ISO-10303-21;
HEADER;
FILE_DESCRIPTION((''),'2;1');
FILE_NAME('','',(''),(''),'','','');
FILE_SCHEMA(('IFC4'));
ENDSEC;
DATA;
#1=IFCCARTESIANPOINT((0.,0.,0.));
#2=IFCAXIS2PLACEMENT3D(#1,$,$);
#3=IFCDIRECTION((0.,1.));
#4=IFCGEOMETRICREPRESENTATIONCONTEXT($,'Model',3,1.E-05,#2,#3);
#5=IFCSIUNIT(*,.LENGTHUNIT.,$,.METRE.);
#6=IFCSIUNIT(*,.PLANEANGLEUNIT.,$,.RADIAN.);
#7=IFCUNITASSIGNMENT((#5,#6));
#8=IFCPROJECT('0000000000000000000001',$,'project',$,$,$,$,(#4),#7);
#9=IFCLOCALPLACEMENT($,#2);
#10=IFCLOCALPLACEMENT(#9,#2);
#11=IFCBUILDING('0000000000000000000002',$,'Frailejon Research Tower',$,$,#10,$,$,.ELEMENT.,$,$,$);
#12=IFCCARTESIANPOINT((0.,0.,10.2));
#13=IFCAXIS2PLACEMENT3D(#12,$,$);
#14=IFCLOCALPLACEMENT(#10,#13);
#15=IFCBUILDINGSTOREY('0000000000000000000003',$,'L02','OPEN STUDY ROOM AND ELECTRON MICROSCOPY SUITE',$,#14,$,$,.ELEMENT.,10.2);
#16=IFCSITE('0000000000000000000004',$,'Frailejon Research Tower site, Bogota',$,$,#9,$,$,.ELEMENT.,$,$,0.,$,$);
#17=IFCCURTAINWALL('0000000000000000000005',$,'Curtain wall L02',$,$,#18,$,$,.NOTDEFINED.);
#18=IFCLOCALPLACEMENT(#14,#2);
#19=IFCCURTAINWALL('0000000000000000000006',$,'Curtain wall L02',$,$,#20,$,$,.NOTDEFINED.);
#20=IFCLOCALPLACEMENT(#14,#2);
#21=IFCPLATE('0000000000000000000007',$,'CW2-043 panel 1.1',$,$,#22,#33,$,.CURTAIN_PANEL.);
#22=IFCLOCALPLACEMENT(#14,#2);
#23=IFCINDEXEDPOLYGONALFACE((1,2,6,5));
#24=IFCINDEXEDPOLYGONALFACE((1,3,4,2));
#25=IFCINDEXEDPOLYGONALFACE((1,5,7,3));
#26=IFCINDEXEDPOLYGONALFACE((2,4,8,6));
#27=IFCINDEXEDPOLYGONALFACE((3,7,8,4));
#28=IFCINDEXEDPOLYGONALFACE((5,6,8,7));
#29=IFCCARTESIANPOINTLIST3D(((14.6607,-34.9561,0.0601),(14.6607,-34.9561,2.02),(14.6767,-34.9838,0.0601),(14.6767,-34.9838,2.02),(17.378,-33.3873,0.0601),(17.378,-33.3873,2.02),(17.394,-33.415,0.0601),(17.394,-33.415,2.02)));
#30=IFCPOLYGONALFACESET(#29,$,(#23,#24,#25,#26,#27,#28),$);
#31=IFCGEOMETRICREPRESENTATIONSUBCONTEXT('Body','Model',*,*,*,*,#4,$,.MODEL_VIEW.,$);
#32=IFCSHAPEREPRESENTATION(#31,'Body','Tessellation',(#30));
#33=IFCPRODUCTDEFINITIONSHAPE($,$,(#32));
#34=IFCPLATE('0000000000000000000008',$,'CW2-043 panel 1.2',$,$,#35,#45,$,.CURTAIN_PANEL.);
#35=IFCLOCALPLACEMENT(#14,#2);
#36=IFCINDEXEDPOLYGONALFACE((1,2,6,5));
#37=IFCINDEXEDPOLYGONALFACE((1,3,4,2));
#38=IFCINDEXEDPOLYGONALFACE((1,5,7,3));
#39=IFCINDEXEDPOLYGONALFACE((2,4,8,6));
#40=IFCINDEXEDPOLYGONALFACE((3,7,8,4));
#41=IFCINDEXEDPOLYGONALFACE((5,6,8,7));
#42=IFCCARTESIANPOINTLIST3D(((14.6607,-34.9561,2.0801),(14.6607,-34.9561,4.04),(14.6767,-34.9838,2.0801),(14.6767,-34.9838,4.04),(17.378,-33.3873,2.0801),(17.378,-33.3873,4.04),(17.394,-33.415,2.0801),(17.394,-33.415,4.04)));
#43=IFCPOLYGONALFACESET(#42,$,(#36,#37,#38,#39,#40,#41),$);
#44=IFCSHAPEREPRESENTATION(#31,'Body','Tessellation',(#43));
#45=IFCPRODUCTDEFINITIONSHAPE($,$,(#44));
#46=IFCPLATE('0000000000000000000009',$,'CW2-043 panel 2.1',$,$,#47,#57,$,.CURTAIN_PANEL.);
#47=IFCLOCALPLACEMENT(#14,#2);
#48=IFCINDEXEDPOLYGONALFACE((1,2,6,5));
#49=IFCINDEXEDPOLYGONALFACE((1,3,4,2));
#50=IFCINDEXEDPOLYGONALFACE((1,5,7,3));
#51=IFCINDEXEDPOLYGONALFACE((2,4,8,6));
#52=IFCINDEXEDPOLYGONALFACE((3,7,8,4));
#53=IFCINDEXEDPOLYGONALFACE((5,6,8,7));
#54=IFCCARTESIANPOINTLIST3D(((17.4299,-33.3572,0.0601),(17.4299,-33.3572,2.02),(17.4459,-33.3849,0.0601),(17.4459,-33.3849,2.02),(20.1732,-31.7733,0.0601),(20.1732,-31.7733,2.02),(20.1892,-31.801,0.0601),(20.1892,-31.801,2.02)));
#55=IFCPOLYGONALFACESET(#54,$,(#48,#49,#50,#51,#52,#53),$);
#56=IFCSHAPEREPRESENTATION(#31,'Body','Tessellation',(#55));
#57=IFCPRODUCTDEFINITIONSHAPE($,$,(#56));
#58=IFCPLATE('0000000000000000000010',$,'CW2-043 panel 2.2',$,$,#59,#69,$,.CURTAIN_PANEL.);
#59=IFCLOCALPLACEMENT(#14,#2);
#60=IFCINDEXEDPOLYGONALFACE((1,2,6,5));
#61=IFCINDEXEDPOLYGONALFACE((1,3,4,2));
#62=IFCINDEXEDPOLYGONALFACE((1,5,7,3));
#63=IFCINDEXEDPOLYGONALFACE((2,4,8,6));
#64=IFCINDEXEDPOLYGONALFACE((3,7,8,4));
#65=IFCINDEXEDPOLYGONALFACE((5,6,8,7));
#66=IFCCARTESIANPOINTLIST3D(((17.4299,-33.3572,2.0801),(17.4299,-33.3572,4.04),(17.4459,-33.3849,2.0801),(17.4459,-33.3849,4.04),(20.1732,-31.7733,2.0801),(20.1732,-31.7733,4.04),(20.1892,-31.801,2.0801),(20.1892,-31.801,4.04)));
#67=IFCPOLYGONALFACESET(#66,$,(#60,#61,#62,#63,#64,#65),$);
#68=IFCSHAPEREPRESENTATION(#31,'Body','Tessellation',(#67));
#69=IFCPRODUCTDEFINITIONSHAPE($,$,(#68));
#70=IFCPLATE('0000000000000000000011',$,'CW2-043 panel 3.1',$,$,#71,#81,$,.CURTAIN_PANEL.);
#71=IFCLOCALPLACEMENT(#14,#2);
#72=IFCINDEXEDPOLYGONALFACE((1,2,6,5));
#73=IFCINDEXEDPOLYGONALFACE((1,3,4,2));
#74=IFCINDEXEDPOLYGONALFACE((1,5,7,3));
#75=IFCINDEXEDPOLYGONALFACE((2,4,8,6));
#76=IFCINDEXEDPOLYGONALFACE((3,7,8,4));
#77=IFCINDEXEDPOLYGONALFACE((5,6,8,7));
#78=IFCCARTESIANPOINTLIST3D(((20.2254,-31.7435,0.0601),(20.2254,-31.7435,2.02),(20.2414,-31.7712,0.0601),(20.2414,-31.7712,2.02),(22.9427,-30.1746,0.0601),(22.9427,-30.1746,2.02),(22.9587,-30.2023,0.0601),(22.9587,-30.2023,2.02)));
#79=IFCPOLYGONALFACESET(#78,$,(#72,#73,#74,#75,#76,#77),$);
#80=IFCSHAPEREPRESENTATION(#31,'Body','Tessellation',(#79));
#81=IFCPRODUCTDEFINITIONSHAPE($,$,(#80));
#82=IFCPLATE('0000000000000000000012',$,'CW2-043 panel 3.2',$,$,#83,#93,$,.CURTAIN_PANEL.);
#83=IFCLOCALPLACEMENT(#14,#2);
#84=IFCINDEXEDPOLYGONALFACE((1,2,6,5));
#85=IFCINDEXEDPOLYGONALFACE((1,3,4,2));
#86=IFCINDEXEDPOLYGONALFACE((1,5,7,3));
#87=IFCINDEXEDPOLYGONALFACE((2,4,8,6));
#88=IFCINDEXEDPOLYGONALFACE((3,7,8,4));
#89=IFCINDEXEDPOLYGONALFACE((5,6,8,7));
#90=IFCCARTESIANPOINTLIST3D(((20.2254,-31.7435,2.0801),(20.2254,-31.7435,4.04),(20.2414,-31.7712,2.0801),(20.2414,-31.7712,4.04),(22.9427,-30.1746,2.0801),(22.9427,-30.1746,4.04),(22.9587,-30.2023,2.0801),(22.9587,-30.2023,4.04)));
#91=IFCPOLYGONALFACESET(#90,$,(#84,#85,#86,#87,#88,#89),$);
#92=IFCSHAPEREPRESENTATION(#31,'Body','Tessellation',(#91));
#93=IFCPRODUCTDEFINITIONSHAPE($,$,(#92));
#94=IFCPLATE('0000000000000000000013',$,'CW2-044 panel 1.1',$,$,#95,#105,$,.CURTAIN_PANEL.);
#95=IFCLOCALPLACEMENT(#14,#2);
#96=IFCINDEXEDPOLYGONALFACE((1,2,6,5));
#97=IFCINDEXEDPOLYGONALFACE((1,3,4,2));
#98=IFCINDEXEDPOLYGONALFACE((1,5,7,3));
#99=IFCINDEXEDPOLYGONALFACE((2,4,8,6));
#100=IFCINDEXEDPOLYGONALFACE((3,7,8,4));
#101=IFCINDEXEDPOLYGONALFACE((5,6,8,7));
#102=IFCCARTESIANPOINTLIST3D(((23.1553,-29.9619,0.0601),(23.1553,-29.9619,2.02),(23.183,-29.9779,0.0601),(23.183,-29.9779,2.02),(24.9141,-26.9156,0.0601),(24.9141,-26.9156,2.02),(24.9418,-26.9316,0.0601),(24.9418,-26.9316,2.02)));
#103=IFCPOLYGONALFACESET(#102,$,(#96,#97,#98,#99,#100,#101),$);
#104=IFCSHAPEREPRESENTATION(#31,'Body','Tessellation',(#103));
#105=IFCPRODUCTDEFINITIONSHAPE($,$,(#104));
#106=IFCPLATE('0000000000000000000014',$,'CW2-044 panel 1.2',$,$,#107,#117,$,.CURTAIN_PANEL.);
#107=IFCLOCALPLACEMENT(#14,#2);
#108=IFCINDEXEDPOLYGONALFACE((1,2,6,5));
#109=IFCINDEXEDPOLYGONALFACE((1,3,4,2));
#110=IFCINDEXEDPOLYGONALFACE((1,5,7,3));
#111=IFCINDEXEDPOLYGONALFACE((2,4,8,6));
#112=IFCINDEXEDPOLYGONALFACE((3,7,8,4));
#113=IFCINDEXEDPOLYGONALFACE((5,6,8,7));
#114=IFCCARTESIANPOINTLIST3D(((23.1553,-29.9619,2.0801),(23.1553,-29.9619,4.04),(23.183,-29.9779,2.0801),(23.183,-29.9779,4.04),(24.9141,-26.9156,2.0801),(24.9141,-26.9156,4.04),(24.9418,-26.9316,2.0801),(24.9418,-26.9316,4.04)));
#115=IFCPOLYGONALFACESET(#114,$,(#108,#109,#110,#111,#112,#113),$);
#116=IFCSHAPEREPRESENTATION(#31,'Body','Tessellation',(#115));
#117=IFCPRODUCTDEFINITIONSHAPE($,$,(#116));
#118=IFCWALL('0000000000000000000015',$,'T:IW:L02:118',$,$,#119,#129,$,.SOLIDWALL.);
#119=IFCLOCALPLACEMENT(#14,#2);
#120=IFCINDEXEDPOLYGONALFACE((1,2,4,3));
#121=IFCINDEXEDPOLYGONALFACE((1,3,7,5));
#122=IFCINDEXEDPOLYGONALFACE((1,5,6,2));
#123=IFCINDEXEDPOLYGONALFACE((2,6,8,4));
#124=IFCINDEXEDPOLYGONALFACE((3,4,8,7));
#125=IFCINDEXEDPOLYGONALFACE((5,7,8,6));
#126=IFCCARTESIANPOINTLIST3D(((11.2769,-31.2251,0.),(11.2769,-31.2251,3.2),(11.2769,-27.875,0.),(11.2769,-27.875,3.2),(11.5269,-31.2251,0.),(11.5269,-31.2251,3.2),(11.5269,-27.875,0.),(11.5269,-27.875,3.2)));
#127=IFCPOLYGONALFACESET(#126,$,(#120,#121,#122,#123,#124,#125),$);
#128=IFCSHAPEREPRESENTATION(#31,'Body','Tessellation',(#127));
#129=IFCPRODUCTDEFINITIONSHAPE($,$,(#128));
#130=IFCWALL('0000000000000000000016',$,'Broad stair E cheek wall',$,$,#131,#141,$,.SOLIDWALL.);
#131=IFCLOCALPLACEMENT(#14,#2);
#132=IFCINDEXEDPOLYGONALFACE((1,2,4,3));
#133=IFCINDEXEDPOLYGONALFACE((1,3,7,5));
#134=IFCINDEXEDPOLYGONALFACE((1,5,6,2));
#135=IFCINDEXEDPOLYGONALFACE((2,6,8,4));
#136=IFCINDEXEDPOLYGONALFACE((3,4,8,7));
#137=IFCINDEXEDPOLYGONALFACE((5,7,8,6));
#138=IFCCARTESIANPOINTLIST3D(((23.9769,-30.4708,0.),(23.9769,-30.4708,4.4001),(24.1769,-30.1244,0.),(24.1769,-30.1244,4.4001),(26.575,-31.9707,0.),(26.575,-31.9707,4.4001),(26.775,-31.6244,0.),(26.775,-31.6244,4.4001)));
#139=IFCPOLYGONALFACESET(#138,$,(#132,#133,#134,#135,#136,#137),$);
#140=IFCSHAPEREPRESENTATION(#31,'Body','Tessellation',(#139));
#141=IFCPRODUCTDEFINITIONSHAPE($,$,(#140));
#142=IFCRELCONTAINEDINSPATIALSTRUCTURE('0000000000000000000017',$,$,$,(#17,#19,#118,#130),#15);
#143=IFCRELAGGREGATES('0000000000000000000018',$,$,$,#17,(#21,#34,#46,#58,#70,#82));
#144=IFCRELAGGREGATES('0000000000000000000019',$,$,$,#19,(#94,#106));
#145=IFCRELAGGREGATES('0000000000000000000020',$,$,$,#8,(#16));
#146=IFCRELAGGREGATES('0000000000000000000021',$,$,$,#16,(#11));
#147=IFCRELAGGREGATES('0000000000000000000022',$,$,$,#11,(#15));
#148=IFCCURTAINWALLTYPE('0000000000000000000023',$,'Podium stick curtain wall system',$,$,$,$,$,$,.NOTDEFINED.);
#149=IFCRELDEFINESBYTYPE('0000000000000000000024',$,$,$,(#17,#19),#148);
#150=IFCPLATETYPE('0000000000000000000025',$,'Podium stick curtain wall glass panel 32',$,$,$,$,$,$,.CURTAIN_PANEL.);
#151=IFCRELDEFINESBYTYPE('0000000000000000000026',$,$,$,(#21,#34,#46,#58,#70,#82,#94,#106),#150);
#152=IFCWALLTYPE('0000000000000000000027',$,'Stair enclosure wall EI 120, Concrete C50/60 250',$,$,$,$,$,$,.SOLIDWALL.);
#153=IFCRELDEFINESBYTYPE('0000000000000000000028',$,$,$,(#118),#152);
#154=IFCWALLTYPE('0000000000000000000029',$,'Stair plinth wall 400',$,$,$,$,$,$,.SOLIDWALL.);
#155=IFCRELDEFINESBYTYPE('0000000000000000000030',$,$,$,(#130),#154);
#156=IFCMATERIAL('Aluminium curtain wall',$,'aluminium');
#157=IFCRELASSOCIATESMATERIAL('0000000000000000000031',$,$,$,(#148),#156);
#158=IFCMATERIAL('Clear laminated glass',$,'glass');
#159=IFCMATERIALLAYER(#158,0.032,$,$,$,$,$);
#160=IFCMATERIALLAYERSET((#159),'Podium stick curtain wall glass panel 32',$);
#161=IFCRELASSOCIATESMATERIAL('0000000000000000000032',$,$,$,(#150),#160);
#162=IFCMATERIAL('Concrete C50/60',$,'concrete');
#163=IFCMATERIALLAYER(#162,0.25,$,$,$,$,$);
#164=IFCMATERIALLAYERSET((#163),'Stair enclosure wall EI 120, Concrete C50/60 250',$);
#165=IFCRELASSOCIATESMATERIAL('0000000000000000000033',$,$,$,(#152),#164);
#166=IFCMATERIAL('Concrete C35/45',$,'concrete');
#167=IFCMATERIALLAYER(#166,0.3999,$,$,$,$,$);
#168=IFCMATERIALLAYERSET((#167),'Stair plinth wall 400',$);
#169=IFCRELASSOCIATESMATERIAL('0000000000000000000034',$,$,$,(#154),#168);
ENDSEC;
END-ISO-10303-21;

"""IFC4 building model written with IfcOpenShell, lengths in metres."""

from ifc_helpers import new_model, si_unit, direction, frame, frame_2d, origin, origin_2d, place, context, subcontext, project, spatial, rectangle, extrude, material, layer, layer_set, type_object, element, aggregate, save


model = new_model("IFC4")

# Units and contexts
model_context = context("Model", 3, precision=1e-05, world=origin(), true_north=direction((0.0, 1.0)))
body_context = subcontext(model_context, "Body", "Model", "MODEL_VIEW")
ifc_project = project(units=[si_unit("LENGTHUNIT", "METRE"), si_unit("PLANEANGLEUNIT", "RADIAN")], contexts=[model_context])

# Site, building, storey
site_placement = place(None, origin())
site = spatial("IfcSite", under=ifc_project, at=site_placement, Name="Frailejon Research Tower site, Bogota", CompositionType="ELEMENT", RefElevation=0.0)
building_placement = place(site_placement, origin())
building = spatial("IfcBuilding", under=site, at=building_placement, Name="Frailejon Research Tower", CompositionType="ELEMENT")
storey_placement = place(building_placement, frame((0.0, 0.0, 10.2)))
storey = spatial("IfcBuildingStorey", under=building, at=storey_placement, Name="L02", Description="OPEN STUDY ROOM AND ELECTRON MICROSCOPY SUITE", CompositionType="ELEMENT", Elevation=10.2)

# Shared definitions
ifc_material_1 = material(Name="Aluminium curtain wall", Category="aluminium")
curtain_wall_type = type_object("IfcCurtainWallType", Name="Podium stick curtain wall system", PredefinedType="NOTDEFINED", material=ifc_material_1)

# Curtain wall
curtain_wall_1_placement = place(storey_placement, origin())
curtain_wall_1 = element("IfcCurtainWall", 1, at=curtain_wall_1_placement, inside=storey, type_object=curtain_wall_type, Name="Curtain wall L02", PredefinedType="NOTDEFINED")

# Curtain wall
curtain_wall_2_placement = place(storey_placement, origin())
curtain_wall_2 = element("IfcCurtainWall", 2, at=curtain_wall_2_placement, inside=storey, type_object=curtain_wall_type, Name="Curtain wall L02", PredefinedType="NOTDEFINED")

# Plates
ifc_material_2 = material(Name="Clear laminated glass", Category="glass")
ifc_layer_1 = layer(ifc_material_2, 0.032)
ifc_layer_set_1 = layer_set([ifc_layer_1], Name="Podium stick curtain wall glass panel 32")
plate_type = type_object("IfcPlateType", Name="Podium stick curtain wall glass panel 32", PredefinedType="CURTAIN_PANEL", material=ifc_layer_set_1)
plate_1_placement = place(storey_placement, frame((16.0273, -34.1855, 0.0601), z_axis=(0.0, 0.0, 1.0), x_axis=(0.866025, 0.5, 0.0)))
plate_1 = element("IfcPlate", 3, at=plate_1_placement, type_object=plate_type, Name="CW2-043 panel 1.1", PredefinedType="CURTAIN_PANEL", context=body_context, shape_type="SweptSolid", body=[
    extrude(rectangle(XDim=3.1377, YDim=0.032, at=origin_2d()), origin(), (0.0, 0.0, 1.0), 1.96),
])
plate_2_placement = place(storey_placement, frame((16.0273, -34.1855, 2.0801), z_axis=(0.0, 0.0, 1.0), x_axis=(0.866025, 0.5, 0.0)))
plate_2 = element("IfcPlate", 4, at=plate_2_placement, type_object=plate_type, Name="CW2-043 panel 1.2", PredefinedType="CURTAIN_PANEL", context=body_context, shape_type="SweptSolid", body=[
    extrude(rectangle(XDim=3.1377, YDim=0.032, at=origin_2d()), origin(), (0.0, 0.0, 1.0), 1.96),
])
plate_3_placement = place(storey_placement, frame((18.8096, -32.5791, 0.0601), z_axis=(0.0, 0.0, 1.0), x_axis=(0.866025, 0.5, 0.0)))
plate_3 = element("IfcPlate", 5, at=plate_3_placement, type_object=plate_type, Name="CW2-043 panel 2.1", PredefinedType="CURTAIN_PANEL", context=body_context, shape_type="SweptSolid", body=[
    extrude(rectangle(XDim=3.1677, YDim=0.032, at=origin_2d()), origin(), (0.0, 0.0, 1.0), 1.96),
])
plate_4_placement = place(storey_placement, frame((18.8096, -32.5791, 2.0801), z_axis=(0.0, 0.0, 1.0), x_axis=(0.866025, 0.5, 0.0)))
plate_4 = element("IfcPlate", 6, at=plate_4_placement, type_object=plate_type, Name="CW2-043 panel 2.2", PredefinedType="CURTAIN_PANEL", context=body_context, shape_type="SweptSolid", body=[
    extrude(rectangle(XDim=3.1677, YDim=0.032, at=origin_2d()), origin(), (0.0, 0.0, 1.0), 1.96),
])
plate_5_placement = place(storey_placement, frame((21.592, -30.9729, 0.0601), z_axis=(0.0, 0.0, 1.0), x_axis=(0.866025, 0.5, 0.0)))
plate_5 = element("IfcPlate", 7, at=plate_5_placement, type_object=plate_type, Name="CW2-043 panel 3.1", PredefinedType="CURTAIN_PANEL", context=body_context, shape_type="SweptSolid", body=[
    extrude(rectangle(XDim=3.1377, YDim=0.032, at=origin_2d()), origin(), (0.0, 0.0, 1.0), 1.96),
])
plate_6_placement = place(storey_placement, frame((21.592, -30.9729, 2.0801), z_axis=(0.0, 0.0, 1.0), x_axis=(0.866025, 0.5, 0.0)))
plate_6 = element("IfcPlate", 8, at=plate_6_placement, type_object=plate_type, Name="CW2-043 panel 3.2", PredefinedType="CURTAIN_PANEL", context=body_context, shape_type="SweptSolid", body=[
    extrude(rectangle(XDim=3.1377, YDim=0.032, at=origin_2d()), origin(), (0.0, 0.0, 1.0), 1.96),
])
aggregate(curtain_wall_1, [plate_1, plate_2, plate_3, plate_4, plate_5, plate_6])
plate_7_placement = place(storey_placement, frame((24.0486, -28.4468, 0.0601), z_axis=(0.0, 0.0, 1.0), x_axis=(0.499998, 0.866026, 0.0)))
plate_7 = element("IfcPlate", 9, at=plate_7_placement, type_object=plate_type, Name="CW2-044 panel 1.1", PredefinedType="CURTAIN_PANEL", context=body_context, shape_type="SweptSolid", body=[
    extrude(rectangle(XDim=3.5176, YDim=0.032, at=origin_2d()), origin(), (0.0, 0.0, 1.0), 1.96),
])
plate_8_placement = place(storey_placement, frame((24.0486, -28.4468, 2.0801), z_axis=(0.0, 0.0, 1.0), x_axis=(0.499998, 0.866026, 0.0)))
plate_8 = element("IfcPlate", 10, at=plate_8_placement, type_object=plate_type, Name="CW2-044 panel 1.2", PredefinedType="CURTAIN_PANEL", context=body_context, shape_type="SweptSolid", body=[
    extrude(rectangle(XDim=3.5176, YDim=0.032, at=origin_2d()), origin(), (0.0, 0.0, 1.0), 1.96),
])
aggregate(curtain_wall_2, [plate_7, plate_8])

# Walls
ifc_material_3 = material(Name="Concrete C50/60", Category="concrete")
ifc_layer_2 = layer(ifc_material_3, 0.25)
ifc_layer_set_2 = layer_set([ifc_layer_2], Name="Stair enclosure wall EI 120, Concrete C50/60 250")
wall_type_1 = type_object("IfcWallType", Name="Stair enclosure wall EI 120, Concrete C50/60 250", PredefinedType="SOLIDWALL", material=ifc_layer_set_2)
wall_1_placement = place(storey_placement, frame((11.4019, -31.2251, 0.0), z_axis=(0.0, 0.0, 1.0), x_axis=(0.0, 1.0, 0.0)))
element("IfcWall", 11, at=wall_1_placement, inside=storey, type_object=wall_type_1, Name="T:IW:L02:118", PredefinedType="SOLIDWALL", context=body_context, shape_type="SweptSolid", body=[
    extrude(rectangle(XDim=3.3501, YDim=0.25, at=frame_2d((1.675, 0.0))), origin(), (0.0, 0.0, 1.0), 3.2),
])
ifc_material_4 = material(Name="Concrete C35/45", Category="concrete")
ifc_layer_3 = layer(ifc_material_4, 0.3999)
ifc_layer_set_3 = layer_set([ifc_layer_3], Name="Stair plinth wall 400")
wall_type_2 = type_object("IfcWallType", Name="Stair plinth wall 400", PredefinedType="SOLIDWALL", material=ifc_layer_set_3)
wall_2_placement = place(storey_placement, frame((24.0769, -30.2976, 0.0), z_axis=(0.0, 0.0, 1.0), x_axis=(0.866031, -0.49999, 0.0)))
element("IfcWall", 12, at=wall_2_placement, inside=storey, type_object=wall_type_2, Name="Broad stair E cheek wall", PredefinedType="SOLIDWALL", context=body_context, shape_type="SweptSolid", body=[
    extrude(rectangle(XDim=3.0, YDim=0.3999, at=frame_2d((1.5, 0.0))), origin(), (0.0, 0.0, 1.0), 4.4001),
])

save(model, "model.ifc")
